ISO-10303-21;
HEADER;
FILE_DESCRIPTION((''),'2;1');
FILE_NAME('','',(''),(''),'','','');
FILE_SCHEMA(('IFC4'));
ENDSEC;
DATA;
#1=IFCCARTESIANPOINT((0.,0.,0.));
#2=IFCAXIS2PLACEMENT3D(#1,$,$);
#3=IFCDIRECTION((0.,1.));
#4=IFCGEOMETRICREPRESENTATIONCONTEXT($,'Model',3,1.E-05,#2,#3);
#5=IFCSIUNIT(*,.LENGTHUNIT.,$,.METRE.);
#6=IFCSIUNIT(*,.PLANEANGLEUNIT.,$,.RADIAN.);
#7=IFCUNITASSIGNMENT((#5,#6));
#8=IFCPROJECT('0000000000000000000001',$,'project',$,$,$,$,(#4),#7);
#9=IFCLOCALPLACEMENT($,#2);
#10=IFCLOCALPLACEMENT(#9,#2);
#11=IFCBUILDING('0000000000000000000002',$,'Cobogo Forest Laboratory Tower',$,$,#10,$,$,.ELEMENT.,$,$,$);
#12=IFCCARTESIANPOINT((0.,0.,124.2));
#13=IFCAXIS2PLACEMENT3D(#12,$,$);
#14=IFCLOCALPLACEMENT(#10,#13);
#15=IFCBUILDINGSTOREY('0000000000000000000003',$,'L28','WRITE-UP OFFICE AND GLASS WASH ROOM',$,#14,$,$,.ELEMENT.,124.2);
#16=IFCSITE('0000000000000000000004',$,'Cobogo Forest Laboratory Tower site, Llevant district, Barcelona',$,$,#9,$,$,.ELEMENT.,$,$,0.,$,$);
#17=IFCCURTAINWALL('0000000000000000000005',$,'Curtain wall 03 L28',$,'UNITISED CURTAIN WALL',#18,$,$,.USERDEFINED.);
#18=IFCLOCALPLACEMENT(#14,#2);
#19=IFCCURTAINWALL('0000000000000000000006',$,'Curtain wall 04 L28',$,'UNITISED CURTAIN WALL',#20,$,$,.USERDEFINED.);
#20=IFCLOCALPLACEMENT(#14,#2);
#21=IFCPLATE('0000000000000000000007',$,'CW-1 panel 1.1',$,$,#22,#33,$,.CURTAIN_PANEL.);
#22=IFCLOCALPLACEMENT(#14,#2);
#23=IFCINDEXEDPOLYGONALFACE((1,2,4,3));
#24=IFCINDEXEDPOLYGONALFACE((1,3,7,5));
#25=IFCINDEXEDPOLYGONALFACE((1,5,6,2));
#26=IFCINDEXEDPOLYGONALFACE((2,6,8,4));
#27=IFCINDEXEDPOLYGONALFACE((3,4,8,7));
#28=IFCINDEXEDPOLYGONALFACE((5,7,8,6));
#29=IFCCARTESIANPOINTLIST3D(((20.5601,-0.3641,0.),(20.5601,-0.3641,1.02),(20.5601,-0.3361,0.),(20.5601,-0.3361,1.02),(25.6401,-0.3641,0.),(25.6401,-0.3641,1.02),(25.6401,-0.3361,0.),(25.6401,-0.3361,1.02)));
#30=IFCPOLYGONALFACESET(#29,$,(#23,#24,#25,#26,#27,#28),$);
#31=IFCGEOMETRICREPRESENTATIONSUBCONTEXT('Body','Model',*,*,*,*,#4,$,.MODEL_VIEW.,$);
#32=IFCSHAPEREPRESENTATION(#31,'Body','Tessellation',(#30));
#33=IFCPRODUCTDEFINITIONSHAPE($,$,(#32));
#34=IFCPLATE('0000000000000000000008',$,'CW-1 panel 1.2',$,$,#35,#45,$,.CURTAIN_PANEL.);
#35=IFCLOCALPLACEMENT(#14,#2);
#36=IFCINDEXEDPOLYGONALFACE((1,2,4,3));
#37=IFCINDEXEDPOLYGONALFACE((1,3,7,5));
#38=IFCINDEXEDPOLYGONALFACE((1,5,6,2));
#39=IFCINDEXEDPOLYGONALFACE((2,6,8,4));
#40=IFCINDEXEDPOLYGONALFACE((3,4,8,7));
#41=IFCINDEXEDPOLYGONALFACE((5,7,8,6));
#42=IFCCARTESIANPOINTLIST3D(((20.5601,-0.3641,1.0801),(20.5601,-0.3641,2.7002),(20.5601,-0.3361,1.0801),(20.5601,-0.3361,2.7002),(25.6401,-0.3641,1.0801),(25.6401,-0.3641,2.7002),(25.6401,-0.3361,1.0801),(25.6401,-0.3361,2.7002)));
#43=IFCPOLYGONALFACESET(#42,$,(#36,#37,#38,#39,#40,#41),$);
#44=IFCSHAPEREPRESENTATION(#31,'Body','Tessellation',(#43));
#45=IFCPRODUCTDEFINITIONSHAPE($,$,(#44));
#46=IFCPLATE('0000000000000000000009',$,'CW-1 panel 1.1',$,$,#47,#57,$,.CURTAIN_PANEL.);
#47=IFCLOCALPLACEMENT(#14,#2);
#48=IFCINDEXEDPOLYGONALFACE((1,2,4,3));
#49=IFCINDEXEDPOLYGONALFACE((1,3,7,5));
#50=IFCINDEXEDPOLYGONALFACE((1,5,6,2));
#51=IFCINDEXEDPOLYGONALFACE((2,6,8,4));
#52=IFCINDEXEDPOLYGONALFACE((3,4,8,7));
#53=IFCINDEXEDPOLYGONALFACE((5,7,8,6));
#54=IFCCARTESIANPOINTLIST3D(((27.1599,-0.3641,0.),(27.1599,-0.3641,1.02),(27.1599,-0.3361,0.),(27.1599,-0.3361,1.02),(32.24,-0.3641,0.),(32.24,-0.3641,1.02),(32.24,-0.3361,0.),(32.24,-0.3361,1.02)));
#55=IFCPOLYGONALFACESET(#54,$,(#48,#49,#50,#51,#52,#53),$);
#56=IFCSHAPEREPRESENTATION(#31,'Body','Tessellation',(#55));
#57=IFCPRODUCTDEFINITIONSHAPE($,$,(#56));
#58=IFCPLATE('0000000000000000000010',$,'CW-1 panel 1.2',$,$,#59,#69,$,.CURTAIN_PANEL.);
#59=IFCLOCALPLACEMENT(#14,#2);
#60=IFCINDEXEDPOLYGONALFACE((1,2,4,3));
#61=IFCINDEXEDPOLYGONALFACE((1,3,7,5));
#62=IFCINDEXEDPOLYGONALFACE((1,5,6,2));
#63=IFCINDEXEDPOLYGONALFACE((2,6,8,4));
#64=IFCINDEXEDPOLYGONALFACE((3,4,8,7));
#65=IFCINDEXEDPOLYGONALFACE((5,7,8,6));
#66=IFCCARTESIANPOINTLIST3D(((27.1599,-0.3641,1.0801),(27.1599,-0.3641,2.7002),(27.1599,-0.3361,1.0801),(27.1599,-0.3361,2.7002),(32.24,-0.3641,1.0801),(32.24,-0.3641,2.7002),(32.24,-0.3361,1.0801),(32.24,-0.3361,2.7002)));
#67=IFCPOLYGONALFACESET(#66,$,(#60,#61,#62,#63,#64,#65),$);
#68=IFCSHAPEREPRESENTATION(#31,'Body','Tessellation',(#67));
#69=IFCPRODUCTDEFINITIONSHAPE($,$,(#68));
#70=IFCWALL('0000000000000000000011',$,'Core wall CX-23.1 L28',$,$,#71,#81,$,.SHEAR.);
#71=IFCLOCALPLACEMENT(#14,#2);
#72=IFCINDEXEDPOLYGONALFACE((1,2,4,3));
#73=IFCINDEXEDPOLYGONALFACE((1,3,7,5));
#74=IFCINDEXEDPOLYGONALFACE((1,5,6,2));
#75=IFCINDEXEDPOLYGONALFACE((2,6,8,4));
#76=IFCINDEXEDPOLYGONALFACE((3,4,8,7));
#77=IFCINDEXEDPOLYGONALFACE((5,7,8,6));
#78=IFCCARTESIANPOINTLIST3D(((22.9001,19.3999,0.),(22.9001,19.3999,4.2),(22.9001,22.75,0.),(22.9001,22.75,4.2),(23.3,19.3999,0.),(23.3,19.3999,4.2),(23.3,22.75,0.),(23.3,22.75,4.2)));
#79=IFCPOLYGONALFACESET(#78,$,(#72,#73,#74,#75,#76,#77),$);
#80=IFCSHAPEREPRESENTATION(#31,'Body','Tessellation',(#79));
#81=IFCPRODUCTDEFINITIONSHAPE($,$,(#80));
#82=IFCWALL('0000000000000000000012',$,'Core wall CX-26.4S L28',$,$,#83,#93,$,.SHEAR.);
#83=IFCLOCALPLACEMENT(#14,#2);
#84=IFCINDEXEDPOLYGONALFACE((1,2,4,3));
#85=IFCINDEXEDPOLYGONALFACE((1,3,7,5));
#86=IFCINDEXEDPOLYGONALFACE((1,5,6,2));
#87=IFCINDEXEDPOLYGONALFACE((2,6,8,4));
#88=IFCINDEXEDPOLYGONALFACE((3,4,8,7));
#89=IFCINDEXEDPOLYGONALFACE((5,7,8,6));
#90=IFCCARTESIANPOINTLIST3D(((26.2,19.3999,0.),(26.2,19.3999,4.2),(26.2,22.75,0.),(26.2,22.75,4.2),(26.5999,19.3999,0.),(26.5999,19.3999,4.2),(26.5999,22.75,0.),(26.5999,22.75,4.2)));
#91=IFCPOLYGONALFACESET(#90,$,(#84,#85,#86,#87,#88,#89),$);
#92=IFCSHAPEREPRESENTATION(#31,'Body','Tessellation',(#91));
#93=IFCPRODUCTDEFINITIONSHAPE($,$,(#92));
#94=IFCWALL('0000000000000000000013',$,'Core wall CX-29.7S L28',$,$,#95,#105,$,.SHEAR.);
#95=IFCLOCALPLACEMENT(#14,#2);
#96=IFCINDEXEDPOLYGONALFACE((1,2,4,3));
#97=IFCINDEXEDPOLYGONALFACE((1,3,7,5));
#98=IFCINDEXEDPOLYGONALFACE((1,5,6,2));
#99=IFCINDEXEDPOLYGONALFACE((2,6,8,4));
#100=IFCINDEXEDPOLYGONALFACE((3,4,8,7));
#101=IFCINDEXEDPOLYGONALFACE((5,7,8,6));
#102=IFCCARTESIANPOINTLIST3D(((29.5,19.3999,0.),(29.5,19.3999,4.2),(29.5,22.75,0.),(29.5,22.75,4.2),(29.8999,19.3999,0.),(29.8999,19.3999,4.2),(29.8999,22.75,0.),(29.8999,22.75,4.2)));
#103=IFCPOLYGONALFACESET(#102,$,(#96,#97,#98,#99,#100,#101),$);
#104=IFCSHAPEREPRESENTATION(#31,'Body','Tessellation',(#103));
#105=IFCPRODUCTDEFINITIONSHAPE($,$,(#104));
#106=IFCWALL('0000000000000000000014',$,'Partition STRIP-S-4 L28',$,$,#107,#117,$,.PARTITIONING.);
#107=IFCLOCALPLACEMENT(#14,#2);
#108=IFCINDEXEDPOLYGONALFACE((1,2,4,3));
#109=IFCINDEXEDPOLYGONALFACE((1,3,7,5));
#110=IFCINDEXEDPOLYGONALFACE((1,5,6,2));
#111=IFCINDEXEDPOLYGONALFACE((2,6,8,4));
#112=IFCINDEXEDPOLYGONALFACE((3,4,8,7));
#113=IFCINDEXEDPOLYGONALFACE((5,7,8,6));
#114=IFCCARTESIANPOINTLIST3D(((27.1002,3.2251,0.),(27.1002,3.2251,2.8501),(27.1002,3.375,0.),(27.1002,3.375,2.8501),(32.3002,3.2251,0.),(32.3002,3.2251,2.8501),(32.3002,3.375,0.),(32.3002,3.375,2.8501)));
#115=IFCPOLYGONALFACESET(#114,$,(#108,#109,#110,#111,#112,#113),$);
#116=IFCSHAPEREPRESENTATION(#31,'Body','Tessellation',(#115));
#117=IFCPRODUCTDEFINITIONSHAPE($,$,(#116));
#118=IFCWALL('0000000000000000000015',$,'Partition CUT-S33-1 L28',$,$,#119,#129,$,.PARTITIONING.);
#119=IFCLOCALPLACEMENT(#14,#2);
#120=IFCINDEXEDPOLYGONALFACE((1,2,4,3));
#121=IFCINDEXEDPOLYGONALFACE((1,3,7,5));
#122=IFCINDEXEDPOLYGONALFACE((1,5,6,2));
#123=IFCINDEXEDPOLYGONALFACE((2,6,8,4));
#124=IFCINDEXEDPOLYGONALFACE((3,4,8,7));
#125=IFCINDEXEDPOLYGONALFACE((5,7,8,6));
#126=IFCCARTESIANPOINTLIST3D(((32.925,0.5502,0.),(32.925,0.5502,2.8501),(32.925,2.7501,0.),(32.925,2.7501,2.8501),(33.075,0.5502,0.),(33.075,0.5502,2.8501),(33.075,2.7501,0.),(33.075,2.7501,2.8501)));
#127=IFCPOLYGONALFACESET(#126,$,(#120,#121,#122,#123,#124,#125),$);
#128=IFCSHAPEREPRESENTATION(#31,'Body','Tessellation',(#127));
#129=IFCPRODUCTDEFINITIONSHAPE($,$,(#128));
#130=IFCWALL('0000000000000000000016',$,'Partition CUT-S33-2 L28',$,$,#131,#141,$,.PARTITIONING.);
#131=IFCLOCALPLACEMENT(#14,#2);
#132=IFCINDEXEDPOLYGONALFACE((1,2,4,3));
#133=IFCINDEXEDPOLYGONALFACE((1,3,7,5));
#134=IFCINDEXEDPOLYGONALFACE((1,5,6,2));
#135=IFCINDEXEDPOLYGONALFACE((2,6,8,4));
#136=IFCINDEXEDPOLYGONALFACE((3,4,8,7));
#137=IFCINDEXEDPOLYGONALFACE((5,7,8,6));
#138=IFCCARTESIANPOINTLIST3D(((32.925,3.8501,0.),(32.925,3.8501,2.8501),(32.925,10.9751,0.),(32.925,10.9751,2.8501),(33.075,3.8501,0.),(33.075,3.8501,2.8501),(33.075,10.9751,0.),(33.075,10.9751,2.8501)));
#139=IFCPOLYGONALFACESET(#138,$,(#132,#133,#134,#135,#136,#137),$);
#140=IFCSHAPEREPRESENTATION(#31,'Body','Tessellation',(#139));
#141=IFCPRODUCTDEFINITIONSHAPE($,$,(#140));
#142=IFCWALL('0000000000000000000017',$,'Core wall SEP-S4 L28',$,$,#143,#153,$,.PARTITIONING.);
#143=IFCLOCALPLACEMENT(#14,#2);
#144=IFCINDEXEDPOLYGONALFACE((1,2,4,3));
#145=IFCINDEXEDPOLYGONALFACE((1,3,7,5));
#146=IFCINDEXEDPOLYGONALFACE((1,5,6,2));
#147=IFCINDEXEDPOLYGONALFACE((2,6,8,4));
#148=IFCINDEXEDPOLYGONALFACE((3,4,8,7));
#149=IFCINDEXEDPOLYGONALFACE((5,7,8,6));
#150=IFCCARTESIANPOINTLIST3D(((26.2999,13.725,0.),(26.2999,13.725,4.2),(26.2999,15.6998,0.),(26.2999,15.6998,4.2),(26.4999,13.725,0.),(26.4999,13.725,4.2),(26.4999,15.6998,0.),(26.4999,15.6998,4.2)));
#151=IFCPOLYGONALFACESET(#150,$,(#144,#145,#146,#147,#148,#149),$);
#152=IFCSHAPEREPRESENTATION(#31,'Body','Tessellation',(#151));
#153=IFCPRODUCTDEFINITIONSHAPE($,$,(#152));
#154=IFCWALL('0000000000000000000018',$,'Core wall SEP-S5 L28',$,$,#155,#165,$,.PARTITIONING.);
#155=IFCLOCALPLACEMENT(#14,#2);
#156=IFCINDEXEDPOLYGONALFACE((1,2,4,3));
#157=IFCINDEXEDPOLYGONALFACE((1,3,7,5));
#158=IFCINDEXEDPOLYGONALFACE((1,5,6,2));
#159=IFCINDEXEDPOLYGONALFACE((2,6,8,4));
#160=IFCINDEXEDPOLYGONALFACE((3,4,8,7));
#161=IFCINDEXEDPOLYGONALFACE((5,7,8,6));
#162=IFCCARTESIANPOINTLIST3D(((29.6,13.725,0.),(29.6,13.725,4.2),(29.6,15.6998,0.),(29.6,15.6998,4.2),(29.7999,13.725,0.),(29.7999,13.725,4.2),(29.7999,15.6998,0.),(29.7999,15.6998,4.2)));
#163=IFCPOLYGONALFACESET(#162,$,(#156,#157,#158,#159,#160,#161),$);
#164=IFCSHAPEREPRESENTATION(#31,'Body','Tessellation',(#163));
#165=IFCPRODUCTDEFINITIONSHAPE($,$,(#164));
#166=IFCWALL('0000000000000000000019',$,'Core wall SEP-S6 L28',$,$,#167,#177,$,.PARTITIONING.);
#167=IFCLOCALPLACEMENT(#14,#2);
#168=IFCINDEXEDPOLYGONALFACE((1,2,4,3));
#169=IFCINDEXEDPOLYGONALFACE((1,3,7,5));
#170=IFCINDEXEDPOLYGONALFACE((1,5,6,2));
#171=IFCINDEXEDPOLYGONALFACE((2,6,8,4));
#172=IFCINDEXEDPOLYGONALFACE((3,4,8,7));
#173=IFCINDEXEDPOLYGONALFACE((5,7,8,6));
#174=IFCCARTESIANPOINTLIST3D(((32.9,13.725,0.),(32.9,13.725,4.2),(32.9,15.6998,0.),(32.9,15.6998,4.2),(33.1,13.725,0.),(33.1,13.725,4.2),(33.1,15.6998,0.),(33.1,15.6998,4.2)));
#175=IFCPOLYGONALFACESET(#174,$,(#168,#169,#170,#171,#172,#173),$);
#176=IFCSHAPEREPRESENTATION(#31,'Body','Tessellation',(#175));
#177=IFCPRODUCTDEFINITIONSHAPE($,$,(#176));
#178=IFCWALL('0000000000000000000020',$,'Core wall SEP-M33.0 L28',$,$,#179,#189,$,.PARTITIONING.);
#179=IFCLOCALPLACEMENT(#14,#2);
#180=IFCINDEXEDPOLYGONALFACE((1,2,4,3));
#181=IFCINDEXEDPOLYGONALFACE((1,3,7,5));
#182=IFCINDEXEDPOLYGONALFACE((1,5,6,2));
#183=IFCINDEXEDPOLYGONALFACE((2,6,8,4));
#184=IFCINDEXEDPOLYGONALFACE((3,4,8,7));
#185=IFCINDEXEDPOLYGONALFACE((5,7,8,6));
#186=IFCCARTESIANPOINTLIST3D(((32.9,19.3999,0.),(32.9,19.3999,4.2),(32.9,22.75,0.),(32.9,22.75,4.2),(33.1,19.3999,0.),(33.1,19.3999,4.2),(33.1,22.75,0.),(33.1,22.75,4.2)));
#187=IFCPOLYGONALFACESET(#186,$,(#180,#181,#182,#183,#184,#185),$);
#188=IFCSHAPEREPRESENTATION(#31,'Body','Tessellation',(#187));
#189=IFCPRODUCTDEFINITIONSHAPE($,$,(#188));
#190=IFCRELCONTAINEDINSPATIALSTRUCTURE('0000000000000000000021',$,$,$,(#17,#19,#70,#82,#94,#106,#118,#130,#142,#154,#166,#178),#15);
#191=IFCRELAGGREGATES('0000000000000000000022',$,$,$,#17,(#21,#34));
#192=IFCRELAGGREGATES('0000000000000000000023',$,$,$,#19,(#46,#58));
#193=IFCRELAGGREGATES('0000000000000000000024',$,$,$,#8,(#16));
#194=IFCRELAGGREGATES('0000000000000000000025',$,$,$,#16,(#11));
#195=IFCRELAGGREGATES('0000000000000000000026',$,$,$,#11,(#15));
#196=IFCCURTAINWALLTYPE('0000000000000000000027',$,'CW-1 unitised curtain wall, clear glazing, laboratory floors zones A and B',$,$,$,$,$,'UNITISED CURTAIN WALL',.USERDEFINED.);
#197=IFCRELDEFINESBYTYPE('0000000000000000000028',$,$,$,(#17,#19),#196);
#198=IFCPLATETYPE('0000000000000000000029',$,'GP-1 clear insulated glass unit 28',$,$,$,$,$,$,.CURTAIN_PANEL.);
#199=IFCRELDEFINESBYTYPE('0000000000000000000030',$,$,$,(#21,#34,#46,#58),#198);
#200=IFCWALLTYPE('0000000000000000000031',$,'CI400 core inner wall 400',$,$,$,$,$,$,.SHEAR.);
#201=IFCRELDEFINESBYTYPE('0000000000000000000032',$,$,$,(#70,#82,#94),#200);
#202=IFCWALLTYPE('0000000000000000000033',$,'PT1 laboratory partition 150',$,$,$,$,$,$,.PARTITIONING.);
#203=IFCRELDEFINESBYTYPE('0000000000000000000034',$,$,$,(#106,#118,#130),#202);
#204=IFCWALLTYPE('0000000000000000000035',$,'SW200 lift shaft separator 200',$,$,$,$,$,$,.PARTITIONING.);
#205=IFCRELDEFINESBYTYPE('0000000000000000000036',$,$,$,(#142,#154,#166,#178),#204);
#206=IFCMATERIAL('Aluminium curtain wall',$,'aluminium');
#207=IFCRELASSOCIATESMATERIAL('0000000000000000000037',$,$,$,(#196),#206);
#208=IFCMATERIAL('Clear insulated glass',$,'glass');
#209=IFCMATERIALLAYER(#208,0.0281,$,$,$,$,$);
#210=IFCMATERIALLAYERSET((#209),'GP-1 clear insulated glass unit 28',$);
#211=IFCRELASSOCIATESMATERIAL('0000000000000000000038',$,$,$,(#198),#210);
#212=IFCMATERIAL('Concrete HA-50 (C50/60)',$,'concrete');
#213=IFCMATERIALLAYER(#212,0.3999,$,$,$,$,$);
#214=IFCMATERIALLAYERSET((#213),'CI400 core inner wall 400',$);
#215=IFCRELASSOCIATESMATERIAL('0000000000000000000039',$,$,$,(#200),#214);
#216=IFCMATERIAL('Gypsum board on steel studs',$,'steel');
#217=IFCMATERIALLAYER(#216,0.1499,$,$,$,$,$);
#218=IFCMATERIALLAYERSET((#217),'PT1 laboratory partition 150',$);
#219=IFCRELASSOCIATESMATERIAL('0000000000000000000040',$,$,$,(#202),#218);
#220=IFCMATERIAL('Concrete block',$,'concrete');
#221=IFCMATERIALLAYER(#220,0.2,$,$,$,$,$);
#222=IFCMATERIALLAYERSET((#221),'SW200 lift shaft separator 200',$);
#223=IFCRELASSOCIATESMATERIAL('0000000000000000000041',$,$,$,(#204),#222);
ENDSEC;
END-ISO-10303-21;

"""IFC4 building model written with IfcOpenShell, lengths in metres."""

from ifc_helpers import new_model, si_unit, direction, frame, frame_2d, origin, origin_2d, place, context, subcontext, project, spatial, rectangle, extrude, material, layer, layer_set, type_object, element, aggregate, save


model = new_model("IFC4")

# Units and contexts
model_context = context("Model", 3, precision=1e-05, world=origin(), true_north=direction((0.0, 1.0)))
body_context = subcontext(model_context, "Body", "Model", "MODEL_VIEW")
ifc_project = project(units=[si_unit("LENGTHUNIT", "METRE"), si_unit("PLANEANGLEUNIT", "RADIAN")], contexts=[model_context])

# Site, building, storey
site_placement = place(None, origin())
site = spatial("IfcSite", under=ifc_project, at=site_placement, Name="Cobogo Forest Laboratory Tower site, Llevant district, Barcelona", CompositionType="ELEMENT", RefElevation=0.0)
building_placement = place(site_placement, origin())
building = spatial("IfcBuilding", under=site, at=building_placement, Name="Cobogo Forest Laboratory Tower", CompositionType="ELEMENT")
storey_placement = place(building_placement, frame((0.0, 0.0, 124.2)))
storey = spatial("IfcBuildingStorey", under=building, at=storey_placement, Name="L28", Description="WRITE-UP OFFICE AND GLASS WASH ROOM", CompositionType="ELEMENT", Elevation=124.2)

# Shared definitions
ifc_material_1 = material(Name="Concrete HA-50 (C50/60)", Category="concrete")

# Curtain wall
ifc_material_2 = material(Name="Aluminium curtain wall", Category="aluminium")
curtain_wall_type = type_object("IfcCurtainWallType", Name="CW-1 unitised curtain wall, clear glazing, laboratory floors zones A and B", ElementType="UNITISED CURTAIN WALL", PredefinedType="USERDEFINED", material=ifc_material_2)
curtain_wall_1_placement = place(storey_placement, origin())
curtain_wall_1 = element("IfcCurtainWall", 1, at=curtain_wall_1_placement, inside=storey, type_object=curtain_wall_type, Name="Curtain wall 03 L28", ObjectType="UNITISED CURTAIN WALL", PredefinedType="USERDEFINED")

# Curtain wall
curtain_wall_2_placement = place(storey_placement, origin())
curtain_wall_2 = element("IfcCurtainWall", 2, at=curtain_wall_2_placement, inside=storey, type_object=curtain_wall_type, Name="Curtain wall 04 L28", ObjectType="UNITISED CURTAIN WALL", PredefinedType="USERDEFINED")

# Plates
ifc_material_3 = material(Name="Clear insulated glass", Category="glass")
ifc_layer_1 = layer(ifc_material_3, 0.0281)
ifc_layer_set_1 = layer_set([ifc_layer_1], Name="GP-1 clear insulated glass unit 28")
plate_type_1 = type_object("IfcPlateType", Name="GP-1 clear insulated glass unit 28", PredefinedType="CURTAIN_PANEL", material=ifc_layer_set_1)
plate_1_placement = place(storey_placement, frame((23.1001, -0.3501, 0.0), z_axis=(0.0, 0.0, 1.0), x_axis=(1.0, 0.0, 0.0)))
plate_1 = element("IfcPlate", 3, at=plate_1_placement, type_object=plate_type_1, Name="CW-1 panel 1.1", PredefinedType="CURTAIN_PANEL", context=body_context, shape_type="SweptSolid", body=[
    extrude(rectangle(XDim=5.0801, YDim=0.0281, at=origin_2d()), origin(), (0.0, 0.0, 1.0), 1.02),
])
plate_2_placement = place(storey_placement, frame((23.1001, -0.3501, 1.0801), z_axis=(0.0, 0.0, 1.0), x_axis=(1.0, 0.0, 0.0)))
plate_2 = element("IfcPlate", 4, at=plate_2_placement, type_object=plate_type_1, Name="CW-1 panel 1.2", PredefinedType="CURTAIN_PANEL", context=body_context, shape_type="SweptSolid", body=[
    extrude(rectangle(XDim=5.0801, YDim=0.0281, at=origin_2d()), origin(), (0.0, 0.0, 1.0), 1.6201),
])
aggregate(curtain_wall_1, [plate_1, plate_2])
plate_3_placement = place(storey_placement, frame((29.7, -0.3501, 0.0), z_axis=(0.0, 0.0, 1.0), x_axis=(1.0, 0.0, 0.0)))
plate_3 = element("IfcPlate", 5, at=plate_3_placement, type_object=plate_type_1, Name="CW-1 panel 1.1", PredefinedType="CURTAIN_PANEL", context=body_context, shape_type="SweptSolid", body=[
    extrude(rectangle(XDim=5.0801, YDim=0.0281, at=origin_2d()), origin(), (0.0, 0.0, 1.0), 1.02),
])
plate_4_placement = place(storey_placement, frame((29.7, -0.3501, 1.0801), z_axis=(0.0, 0.0, 1.0), x_axis=(1.0, 0.0, 0.0)))
plate_4 = element("IfcPlate", 6, at=plate_4_placement, type_object=plate_type_1, Name="CW-1 panel 1.2", PredefinedType="CURTAIN_PANEL", context=body_context, shape_type="SweptSolid", body=[
    extrude(rectangle(XDim=5.0801, YDim=0.0281, at=origin_2d()), origin(), (0.0, 0.0, 1.0), 1.6201),
])
aggregate(curtain_wall_2, [plate_3, plate_4])

# Walls
ifc_layer_2 = layer(ifc_material_1, 0.3999)
ifc_layer_set_2 = layer_set([ifc_layer_2], Name="CI400 core inner wall 400")
wall_type_1 = type_object("IfcWallType", Name="CI400 core inner wall 400", PredefinedType="SHEAR", material=ifc_layer_set_2)
for number, where, z_axis, x_axis, name in (
    (7, (23.1001, 19.3999, 0.0), (0.0, 0.0, 1.0), (0.0, 1.0, 0.0), "Core wall CX-23.1 L28"),
    (8, (26.3999, 19.3999, 0.0), (0.0, 0.0, 1.0), (0.0, 1.0, 0.0), "Core wall CX-26.4S L28"),
    (9, (29.7, 19.3999, 0.0), (0.0, 0.0, 1.0), (0.0, 1.0, 0.0), "Core wall CX-29.7S L28"),
):
    element("IfcWall", number, at=place(storey_placement, frame(where, z_axis=z_axis, x_axis=x_axis)), inside=storey, type_object=wall_type_1, Name=name, PredefinedType="SHEAR", context=body_context, shape_type="SweptSolid", body=[
        extrude(rectangle(XDim=3.3501, YDim=0.3999, at=frame_2d((1.675, 0.0))), origin(), (0.0, 0.0, 1.0), 4.2),
    ])
ifc_material_4 = material(Name="Gypsum board on steel studs", Category="steel")
ifc_layer_3 = layer(ifc_material_4, 0.1499)
ifc_layer_set_3 = layer_set([ifc_layer_3], Name="PT1 laboratory partition 150")
wall_type_2 = type_object("IfcWallType", Name="PT1 laboratory partition 150", PredefinedType="PARTITIONING", material=ifc_layer_set_3)
wall_1_placement = place(storey_placement, frame((27.1001, 3.3, 0.0), z_axis=(0.0, 0.0, 1.0), x_axis=(1.0, 0.0, 0.0)))
element("IfcWall", 10, at=wall_1_placement, inside=storey, type_object=wall_type_2, Name="Partition STRIP-S-4 L28", PredefinedType="PARTITIONING", context=body_context, shape_type="SweptSolid", body=[
    extrude(rectangle(XDim=5.2, YDim=0.1499, at=frame_2d((2.6001, 0.0))), origin(), (0.0, 0.0, 1.0), 2.8501),
])
wall_2_placement = place(storey_placement, frame((33.0, 0.55, 0.0), z_axis=(0.0, 0.0, 1.0), x_axis=(0.0, 1.0, 0.0)))
element("IfcWall", 11, at=wall_2_placement, inside=storey, type_object=wall_type_2, Name="Partition CUT-S33-1 L28", PredefinedType="PARTITIONING", context=body_context, shape_type="SweptSolid", body=[
    extrude(rectangle(XDim=2.2, YDim=0.1499, at=frame_2d((1.1001, 0.0))), origin(), (0.0, 0.0, 1.0), 2.8501),
])
wall_3_placement = place(storey_placement, frame((33.0, 3.8501, 0.0), z_axis=(0.0, 0.0, 1.0), x_axis=(0.0, 1.0, 0.0)))
element("IfcWall", 12, at=wall_3_placement, inside=storey, type_object=wall_type_2, Name="Partition CUT-S33-2 L28", PredefinedType="PARTITIONING", context=body_context, shape_type="SweptSolid", body=[
    extrude(rectangle(XDim=7.125, YDim=0.1499, at=frame_2d((3.5625, 0.0))), origin(), (0.0, 0.0, 1.0), 2.8501),
])
ifc_material_5 = material(Name="Concrete block", Category="concrete")
ifc_layer_4 = layer(ifc_material_5, 0.2)
ifc_layer_set_4 = layer_set([ifc_layer_4], Name="SW200 lift shaft separator 200")
wall_type_3 = type_object("IfcWallType", Name="SW200 lift shaft separator 200", PredefinedType="PARTITIONING", material=ifc_layer_set_4)
for number, where, z_axis, x_axis, name in (
    (13, (26.3999, 13.7251, 0.0), (0.0, 0.0, 1.0), (0.0, 1.0, 0.0), "Core wall SEP-S4 L28"),
    (14, (29.7, 13.7251, 0.0), (0.0, 0.0, 1.0), (0.0, 1.0, 0.0), "Core wall SEP-S5 L28"),
    (15, (33.0, 13.7251, 0.0), (0.0, 0.0, 1.0), (0.0, 1.0, 0.0), "Core wall SEP-S6 L28"),
):
    element("IfcWall", number, at=place(storey_placement, frame(where, z_axis=z_axis, x_axis=x_axis)), inside=storey, type_object=wall_type_3, Name=name, PredefinedType="PARTITIONING", context=body_context, shape_type="SweptSolid", body=[
        extrude(rectangle(XDim=1.9749, YDim=0.2, at=frame_2d((0.9873, 0.0))), origin(), (0.0, 0.0, 1.0), 4.2),
    ])
wall_4_placement = place(storey_placement, frame((33.0, 19.3999, 0.0), z_axis=(0.0, 0.0, 1.0), x_axis=(0.0, 1.0, 0.0)))
element("IfcWall", 16, at=wall_4_placement, inside=storey, type_object=wall_type_3, Name="Core wall SEP-M33.0 L28", PredefinedType="PARTITIONING", context=body_context, shape_type="SweptSolid", body=[
    extrude(rectangle(XDim=3.3501, YDim=0.2, at=frame_2d((1.675, 0.0))), origin(), (0.0, 0.0, 1.0), 4.2),
])

save(model, "model.ifc")
